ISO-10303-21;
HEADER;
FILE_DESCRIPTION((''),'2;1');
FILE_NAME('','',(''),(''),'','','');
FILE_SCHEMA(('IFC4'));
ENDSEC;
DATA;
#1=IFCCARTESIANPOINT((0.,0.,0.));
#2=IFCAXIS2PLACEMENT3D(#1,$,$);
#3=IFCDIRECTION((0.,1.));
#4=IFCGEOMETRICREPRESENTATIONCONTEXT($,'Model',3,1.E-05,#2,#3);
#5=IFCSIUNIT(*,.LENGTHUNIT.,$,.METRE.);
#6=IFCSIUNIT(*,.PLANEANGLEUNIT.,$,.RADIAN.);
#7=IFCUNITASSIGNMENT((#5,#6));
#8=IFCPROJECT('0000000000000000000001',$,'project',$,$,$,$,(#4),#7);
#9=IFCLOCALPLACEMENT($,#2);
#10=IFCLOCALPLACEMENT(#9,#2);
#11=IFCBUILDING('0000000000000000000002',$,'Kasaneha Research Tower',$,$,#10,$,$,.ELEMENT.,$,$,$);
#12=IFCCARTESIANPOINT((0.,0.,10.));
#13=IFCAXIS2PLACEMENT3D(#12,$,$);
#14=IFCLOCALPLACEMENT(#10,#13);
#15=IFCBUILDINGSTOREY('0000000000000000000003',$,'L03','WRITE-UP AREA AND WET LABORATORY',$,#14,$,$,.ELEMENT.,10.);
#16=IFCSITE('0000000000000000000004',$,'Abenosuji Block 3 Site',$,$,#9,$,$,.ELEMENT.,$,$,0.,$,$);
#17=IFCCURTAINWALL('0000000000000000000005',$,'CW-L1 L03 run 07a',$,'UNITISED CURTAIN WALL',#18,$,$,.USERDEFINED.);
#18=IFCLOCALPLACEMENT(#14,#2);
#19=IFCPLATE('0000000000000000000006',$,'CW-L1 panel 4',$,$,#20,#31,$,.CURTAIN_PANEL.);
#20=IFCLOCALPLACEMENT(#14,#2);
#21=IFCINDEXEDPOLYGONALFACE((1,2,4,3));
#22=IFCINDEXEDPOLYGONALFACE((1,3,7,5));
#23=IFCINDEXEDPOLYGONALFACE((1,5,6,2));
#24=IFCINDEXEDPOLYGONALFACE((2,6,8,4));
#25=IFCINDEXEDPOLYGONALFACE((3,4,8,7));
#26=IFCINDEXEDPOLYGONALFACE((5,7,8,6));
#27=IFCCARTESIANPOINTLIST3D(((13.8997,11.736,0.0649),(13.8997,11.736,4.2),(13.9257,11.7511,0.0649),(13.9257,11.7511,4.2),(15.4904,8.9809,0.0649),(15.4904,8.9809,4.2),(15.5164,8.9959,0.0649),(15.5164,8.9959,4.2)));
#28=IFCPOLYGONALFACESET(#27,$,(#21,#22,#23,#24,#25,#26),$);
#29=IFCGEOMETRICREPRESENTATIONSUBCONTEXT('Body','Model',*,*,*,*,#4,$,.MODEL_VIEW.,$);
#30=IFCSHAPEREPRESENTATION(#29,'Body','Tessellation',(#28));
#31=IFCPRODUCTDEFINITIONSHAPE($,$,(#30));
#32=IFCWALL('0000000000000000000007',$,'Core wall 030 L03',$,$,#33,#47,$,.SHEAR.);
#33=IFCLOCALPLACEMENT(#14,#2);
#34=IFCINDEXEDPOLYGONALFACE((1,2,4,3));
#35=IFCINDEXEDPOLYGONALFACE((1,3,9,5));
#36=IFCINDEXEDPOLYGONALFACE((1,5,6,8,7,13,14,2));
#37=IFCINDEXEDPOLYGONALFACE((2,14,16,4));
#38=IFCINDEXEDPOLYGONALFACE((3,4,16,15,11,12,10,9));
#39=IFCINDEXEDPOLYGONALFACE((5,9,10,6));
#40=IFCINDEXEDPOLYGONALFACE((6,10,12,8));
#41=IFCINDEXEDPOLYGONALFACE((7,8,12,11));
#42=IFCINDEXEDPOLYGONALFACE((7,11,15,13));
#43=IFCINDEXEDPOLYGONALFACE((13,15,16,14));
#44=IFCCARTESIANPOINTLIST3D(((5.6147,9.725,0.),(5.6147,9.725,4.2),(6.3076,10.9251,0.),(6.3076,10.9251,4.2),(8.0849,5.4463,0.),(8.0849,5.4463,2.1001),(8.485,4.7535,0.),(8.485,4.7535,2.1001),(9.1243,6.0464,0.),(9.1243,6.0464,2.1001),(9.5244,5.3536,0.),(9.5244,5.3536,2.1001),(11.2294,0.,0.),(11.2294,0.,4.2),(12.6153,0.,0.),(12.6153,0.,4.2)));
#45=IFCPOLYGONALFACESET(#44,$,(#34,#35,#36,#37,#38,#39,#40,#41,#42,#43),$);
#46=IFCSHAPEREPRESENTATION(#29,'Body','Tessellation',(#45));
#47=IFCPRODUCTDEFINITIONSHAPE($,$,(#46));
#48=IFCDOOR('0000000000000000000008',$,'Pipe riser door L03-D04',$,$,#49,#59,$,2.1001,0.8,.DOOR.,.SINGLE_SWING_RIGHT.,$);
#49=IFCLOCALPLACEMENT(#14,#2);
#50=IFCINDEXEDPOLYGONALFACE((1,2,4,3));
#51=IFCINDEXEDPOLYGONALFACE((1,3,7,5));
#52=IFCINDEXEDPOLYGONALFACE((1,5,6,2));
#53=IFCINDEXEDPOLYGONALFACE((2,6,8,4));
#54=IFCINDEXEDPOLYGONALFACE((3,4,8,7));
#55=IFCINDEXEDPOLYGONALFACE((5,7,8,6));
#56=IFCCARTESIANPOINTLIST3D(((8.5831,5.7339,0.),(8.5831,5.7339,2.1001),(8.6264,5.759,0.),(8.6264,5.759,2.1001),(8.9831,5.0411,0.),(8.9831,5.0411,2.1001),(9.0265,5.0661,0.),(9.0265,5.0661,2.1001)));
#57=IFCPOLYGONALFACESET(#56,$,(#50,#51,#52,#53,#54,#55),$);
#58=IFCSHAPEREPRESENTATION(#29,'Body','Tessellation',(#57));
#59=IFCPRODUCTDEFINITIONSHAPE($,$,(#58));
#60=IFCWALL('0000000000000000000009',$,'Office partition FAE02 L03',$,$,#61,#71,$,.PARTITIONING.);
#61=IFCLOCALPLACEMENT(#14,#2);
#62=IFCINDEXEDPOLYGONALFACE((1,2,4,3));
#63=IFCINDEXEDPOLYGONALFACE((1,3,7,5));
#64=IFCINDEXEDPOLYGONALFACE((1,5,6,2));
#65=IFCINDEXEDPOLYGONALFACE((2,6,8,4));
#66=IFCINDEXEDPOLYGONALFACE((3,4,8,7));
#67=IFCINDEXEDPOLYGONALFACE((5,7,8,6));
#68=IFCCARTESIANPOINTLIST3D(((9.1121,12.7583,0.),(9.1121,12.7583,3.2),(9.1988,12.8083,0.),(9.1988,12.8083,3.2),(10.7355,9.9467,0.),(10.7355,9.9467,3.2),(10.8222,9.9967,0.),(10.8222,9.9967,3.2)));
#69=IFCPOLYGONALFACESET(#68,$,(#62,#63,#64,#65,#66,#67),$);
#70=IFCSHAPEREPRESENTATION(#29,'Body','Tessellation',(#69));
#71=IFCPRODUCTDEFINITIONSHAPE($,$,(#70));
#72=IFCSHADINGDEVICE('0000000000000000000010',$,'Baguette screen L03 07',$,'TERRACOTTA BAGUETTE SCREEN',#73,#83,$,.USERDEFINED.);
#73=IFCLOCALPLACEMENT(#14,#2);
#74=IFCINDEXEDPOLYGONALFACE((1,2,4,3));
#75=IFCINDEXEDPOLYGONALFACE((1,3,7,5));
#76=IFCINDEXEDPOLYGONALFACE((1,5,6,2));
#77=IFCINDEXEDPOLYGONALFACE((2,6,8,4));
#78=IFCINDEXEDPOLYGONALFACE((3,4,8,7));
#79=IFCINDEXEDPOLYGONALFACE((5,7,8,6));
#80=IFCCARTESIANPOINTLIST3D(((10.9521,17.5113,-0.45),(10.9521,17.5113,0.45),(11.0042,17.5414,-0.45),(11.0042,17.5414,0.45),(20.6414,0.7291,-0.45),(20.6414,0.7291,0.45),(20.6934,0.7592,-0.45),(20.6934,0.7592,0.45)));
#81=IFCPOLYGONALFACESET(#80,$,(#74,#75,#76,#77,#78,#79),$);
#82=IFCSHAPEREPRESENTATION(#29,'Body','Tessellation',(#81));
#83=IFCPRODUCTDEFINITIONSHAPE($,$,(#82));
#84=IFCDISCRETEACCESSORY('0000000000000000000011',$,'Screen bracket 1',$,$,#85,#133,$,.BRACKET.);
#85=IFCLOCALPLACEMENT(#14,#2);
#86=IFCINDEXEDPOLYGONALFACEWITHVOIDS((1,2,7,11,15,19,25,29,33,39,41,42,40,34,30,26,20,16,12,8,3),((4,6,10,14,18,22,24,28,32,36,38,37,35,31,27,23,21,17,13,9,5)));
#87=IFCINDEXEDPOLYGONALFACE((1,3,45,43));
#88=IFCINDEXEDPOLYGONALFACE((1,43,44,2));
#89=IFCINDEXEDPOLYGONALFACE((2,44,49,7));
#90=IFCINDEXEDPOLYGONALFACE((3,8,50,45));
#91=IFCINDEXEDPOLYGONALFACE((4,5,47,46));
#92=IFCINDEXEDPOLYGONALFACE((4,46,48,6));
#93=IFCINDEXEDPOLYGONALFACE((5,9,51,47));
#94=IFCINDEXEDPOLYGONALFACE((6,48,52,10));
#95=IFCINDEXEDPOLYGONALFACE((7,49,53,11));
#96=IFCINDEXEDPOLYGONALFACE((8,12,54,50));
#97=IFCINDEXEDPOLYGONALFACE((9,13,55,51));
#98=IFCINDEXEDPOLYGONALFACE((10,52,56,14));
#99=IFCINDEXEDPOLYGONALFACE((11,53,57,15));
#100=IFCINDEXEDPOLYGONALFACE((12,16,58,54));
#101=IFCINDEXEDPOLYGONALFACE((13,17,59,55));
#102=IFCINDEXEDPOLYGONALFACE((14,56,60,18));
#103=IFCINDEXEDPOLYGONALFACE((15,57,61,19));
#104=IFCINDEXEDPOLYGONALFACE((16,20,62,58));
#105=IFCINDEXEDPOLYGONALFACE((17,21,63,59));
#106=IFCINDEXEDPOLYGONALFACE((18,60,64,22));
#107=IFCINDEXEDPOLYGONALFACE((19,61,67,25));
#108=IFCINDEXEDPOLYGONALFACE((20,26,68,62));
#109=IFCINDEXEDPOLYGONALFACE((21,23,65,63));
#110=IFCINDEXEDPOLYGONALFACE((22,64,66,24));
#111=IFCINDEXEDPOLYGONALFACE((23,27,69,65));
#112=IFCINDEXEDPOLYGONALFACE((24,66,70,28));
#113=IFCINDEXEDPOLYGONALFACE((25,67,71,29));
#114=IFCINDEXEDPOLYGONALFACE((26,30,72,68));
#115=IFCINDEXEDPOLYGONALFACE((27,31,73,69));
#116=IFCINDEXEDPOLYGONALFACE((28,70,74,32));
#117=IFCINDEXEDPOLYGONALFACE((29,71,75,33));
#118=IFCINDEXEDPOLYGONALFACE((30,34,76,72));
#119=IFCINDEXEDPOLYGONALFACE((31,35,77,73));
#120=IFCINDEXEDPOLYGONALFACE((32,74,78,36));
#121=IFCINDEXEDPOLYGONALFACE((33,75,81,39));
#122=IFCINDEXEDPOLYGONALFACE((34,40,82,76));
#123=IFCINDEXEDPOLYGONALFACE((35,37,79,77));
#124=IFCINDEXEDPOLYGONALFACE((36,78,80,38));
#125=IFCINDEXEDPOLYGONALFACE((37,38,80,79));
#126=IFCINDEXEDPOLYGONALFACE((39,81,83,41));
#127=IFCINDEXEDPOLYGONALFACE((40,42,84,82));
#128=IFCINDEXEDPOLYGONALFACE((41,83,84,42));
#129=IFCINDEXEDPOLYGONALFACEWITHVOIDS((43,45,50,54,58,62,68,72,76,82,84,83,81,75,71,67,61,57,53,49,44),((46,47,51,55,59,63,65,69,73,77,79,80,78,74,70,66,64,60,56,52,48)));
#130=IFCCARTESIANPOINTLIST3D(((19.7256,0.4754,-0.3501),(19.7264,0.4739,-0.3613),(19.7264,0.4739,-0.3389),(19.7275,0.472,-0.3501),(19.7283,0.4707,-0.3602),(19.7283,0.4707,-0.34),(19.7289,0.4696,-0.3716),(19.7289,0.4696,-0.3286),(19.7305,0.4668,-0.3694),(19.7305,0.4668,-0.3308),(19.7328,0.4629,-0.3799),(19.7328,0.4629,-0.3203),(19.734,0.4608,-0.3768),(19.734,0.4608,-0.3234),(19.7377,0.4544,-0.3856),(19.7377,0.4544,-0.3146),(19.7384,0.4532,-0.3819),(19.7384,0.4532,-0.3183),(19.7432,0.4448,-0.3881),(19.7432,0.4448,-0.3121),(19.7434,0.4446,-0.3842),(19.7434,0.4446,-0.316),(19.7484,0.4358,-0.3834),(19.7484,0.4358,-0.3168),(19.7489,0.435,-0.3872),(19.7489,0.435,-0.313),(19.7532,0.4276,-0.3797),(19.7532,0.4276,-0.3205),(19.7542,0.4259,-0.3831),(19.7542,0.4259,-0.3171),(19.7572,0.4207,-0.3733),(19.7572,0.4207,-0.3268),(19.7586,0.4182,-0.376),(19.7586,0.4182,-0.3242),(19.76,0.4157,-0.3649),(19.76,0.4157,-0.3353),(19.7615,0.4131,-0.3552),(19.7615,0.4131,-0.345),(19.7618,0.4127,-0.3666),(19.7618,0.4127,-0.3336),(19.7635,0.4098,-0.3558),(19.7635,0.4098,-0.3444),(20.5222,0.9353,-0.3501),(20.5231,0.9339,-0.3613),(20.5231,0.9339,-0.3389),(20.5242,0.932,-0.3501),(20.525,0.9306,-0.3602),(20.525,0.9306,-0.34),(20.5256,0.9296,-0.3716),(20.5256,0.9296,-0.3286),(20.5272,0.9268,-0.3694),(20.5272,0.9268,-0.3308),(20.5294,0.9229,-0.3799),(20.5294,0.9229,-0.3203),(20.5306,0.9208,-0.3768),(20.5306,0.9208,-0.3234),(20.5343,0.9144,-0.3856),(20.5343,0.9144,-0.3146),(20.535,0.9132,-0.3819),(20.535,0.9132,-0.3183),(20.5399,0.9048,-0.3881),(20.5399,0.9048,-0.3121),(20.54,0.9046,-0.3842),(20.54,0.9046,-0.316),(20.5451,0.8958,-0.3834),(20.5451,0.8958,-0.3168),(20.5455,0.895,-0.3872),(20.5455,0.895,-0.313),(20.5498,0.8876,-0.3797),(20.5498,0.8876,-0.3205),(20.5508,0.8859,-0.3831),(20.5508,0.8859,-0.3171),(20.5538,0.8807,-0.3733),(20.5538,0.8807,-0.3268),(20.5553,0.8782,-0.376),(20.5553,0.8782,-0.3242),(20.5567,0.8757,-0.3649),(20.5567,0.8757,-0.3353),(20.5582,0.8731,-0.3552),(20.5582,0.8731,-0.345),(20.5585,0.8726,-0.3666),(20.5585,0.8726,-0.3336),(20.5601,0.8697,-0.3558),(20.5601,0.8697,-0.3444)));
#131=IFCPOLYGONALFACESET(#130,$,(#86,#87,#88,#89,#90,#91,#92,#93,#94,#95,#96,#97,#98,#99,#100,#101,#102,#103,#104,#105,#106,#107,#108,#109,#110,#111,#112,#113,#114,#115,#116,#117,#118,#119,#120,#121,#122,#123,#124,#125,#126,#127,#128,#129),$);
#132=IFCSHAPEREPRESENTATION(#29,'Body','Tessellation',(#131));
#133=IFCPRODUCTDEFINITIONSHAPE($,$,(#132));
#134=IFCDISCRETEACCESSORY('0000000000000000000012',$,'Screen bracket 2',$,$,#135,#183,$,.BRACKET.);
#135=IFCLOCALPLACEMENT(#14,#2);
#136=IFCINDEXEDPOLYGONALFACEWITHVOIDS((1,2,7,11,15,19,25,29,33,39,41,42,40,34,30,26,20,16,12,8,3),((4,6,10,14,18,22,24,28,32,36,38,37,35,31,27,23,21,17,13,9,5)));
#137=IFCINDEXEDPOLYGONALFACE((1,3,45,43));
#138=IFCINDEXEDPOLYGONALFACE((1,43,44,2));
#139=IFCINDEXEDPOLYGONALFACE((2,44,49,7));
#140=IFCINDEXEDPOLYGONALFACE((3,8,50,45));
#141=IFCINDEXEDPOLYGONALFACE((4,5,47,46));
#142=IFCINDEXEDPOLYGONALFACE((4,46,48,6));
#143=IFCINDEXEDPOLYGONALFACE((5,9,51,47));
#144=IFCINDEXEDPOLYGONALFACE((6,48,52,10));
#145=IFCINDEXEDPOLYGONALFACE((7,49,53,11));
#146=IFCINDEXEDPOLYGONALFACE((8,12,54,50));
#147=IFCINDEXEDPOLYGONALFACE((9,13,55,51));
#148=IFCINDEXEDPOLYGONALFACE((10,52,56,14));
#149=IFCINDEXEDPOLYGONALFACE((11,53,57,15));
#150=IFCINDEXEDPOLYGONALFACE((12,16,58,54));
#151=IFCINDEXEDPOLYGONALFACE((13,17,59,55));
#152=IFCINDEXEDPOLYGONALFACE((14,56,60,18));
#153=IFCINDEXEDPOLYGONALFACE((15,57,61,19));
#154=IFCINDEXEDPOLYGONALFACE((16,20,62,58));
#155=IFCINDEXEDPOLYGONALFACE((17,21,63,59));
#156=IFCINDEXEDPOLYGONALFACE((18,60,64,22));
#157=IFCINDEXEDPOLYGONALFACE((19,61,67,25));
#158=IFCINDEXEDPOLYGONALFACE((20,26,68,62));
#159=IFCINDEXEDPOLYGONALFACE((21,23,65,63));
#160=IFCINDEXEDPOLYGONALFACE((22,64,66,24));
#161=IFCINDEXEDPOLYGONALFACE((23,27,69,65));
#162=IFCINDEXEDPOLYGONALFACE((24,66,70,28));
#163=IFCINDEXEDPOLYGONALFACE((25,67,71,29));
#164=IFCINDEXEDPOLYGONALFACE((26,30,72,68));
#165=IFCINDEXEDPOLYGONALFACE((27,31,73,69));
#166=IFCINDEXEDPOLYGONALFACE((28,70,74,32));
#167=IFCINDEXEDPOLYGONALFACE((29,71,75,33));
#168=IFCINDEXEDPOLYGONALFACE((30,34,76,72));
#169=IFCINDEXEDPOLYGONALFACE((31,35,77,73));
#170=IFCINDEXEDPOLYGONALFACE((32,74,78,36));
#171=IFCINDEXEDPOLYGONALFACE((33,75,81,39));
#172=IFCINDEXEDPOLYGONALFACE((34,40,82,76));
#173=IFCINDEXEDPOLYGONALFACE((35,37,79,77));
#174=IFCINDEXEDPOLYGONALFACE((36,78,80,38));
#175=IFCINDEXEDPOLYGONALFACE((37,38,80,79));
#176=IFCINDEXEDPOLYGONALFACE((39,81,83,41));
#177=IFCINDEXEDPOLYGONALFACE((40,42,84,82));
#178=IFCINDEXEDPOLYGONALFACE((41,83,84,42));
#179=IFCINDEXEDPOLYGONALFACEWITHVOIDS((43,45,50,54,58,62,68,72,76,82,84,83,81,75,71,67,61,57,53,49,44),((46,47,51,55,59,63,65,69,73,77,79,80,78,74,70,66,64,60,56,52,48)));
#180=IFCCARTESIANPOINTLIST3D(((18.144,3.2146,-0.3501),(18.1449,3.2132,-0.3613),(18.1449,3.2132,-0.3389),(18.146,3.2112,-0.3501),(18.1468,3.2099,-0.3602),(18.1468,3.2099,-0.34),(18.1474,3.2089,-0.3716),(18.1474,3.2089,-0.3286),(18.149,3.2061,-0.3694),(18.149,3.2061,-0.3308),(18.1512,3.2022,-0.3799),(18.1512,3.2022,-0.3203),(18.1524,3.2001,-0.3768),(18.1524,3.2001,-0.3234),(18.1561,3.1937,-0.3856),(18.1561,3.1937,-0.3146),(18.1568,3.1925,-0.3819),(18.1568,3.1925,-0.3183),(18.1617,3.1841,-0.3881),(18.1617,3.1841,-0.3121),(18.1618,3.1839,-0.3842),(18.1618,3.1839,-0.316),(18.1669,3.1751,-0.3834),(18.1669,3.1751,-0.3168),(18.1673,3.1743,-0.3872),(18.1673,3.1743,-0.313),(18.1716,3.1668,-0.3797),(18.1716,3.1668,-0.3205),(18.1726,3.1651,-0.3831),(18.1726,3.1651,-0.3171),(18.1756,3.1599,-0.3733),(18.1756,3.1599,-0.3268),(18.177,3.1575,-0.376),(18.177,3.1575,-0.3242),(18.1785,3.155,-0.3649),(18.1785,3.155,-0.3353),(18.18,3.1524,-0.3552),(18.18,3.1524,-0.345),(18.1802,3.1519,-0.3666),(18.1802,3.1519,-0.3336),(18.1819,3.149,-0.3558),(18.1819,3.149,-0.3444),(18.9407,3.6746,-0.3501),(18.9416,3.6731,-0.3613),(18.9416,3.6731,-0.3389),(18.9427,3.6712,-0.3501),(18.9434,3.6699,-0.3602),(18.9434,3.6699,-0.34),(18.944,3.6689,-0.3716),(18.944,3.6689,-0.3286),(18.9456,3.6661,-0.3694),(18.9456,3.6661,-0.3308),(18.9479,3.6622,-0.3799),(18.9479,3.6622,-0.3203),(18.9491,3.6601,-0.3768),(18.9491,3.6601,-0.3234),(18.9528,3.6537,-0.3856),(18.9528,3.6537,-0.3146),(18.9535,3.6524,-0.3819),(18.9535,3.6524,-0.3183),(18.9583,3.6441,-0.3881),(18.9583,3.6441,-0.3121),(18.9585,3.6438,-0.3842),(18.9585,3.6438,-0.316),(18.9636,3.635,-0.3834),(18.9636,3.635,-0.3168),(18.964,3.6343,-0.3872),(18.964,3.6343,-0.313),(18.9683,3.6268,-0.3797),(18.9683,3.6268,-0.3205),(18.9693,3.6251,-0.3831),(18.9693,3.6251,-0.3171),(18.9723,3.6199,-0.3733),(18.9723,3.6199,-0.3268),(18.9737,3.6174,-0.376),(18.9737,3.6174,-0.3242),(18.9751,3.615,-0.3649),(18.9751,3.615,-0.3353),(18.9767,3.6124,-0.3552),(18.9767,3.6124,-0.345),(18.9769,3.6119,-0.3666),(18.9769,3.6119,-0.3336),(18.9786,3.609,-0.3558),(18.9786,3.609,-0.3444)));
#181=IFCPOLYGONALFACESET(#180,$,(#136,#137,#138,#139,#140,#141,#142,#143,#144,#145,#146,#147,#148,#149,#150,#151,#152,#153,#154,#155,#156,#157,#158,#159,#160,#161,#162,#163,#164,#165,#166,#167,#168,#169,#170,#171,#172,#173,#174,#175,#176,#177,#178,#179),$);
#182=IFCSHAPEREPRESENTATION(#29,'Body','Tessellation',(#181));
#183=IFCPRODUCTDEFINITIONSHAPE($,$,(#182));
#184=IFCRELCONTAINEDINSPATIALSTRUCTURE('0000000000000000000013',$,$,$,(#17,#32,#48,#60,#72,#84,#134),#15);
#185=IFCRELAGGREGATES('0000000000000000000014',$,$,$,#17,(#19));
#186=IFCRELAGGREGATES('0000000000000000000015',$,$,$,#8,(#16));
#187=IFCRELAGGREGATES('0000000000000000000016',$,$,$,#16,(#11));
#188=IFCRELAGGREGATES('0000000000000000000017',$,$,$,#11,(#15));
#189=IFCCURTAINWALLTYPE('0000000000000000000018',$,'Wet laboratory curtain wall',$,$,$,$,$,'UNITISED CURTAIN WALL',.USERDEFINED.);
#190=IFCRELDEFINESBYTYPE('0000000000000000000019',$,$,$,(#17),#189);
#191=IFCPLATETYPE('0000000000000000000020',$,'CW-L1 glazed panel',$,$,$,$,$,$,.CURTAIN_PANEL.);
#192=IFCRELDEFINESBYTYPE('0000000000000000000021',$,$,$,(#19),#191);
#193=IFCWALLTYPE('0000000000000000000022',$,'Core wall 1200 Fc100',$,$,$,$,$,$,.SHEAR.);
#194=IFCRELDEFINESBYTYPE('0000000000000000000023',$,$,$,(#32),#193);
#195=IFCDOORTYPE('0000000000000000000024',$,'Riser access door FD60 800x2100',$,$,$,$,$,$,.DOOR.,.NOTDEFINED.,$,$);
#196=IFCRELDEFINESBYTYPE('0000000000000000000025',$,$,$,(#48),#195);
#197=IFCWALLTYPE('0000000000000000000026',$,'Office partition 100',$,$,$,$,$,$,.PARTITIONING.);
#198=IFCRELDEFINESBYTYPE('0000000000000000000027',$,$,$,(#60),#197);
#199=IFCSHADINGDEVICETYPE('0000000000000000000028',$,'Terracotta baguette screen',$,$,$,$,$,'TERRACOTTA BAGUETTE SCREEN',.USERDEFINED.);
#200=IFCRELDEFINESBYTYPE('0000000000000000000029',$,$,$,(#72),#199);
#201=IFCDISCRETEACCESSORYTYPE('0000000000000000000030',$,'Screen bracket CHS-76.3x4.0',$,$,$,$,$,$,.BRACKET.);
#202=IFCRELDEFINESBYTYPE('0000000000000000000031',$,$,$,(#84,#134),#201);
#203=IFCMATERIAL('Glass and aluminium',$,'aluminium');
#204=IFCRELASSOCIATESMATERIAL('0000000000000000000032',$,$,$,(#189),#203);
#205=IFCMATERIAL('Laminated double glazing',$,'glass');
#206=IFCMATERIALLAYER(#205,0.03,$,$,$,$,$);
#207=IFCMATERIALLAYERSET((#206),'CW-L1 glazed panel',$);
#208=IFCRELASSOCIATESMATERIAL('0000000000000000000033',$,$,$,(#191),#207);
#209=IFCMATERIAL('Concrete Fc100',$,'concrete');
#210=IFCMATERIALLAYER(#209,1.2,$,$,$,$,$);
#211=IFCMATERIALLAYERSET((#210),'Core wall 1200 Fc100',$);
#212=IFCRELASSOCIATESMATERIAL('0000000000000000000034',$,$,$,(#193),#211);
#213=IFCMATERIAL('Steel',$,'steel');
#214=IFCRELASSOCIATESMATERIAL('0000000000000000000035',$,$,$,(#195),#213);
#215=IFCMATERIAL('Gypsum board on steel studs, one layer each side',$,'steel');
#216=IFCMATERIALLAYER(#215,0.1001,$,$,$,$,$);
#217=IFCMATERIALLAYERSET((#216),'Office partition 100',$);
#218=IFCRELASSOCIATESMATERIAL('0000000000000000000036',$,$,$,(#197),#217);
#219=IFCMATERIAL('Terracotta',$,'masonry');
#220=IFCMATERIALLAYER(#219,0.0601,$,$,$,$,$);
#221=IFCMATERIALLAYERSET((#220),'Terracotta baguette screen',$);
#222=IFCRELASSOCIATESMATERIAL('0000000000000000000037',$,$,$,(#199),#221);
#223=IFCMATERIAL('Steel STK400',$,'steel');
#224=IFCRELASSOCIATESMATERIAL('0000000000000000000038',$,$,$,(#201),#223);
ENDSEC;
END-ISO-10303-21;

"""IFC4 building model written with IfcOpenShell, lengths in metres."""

from ifc_helpers import new_model, si_unit, direction, frame, frame_2d, origin, origin_2d, place, context, subcontext, project, spatial, polyline, rectangle, hollow_circle, outline, extrude, material, layer, layer_set, material_profile, profile_set, type_object, element, fill, aggregate, save


model = new_model("IFC4")

# Units and contexts
model_context = context("Model", 3, precision=1e-05, world=origin(), true_north=direction((0.0, 1.0)))
body_context = subcontext(model_context, "Body", "Model", "MODEL_VIEW")
ifc_project = project(units=[si_unit("LENGTHUNIT", "METRE"), si_unit("PLANEANGLEUNIT", "RADIAN")], contexts=[model_context])

# Site, building, storey
site_placement = place(None, origin())
site = spatial("IfcSite", under=ifc_project, at=site_placement, Name="Abenosuji Block 3 Site", CompositionType="ELEMENT", RefElevation=0.0)
building_placement = place(site_placement, origin())
building = spatial("IfcBuilding", under=site, at=building_placement, Name="Kasaneha Research Tower", CompositionType="ELEMENT")
storey_placement = place(building_placement, frame((0.0, 0.0, 10.0)))
storey = spatial("IfcBuildingStorey", under=building, at=storey_placement, Name="L03", Description="WRITE-UP AREA AND WET LABORATORY", CompositionType="ELEMENT", Elevation=10.0)

# Shared definitions
ifc_material_1 = material(Name="Glass and aluminium", Category="aluminium")
curtain_wall_type = type_object("IfcCurtainWallType", Name="Wet laboratory curtain wall", ElementType="UNITISED CURTAIN WALL", PredefinedType="USERDEFINED", material=ifc_material_1)

# Curtain wall
curtain_wall_1_placement = place(storey_placement, origin())
curtain_wall_1 = element("IfcCurtainWall", 1, at=curtain_wall_1_placement, inside=storey, type_object=curtain_wall_type, Name="CW-L1 L03 run 07a", ObjectType="UNITISED CURTAIN WALL", PredefinedType="USERDEFINED")

# Plate
ifc_material_2 = material(Name="Laminated double glazing", Category="glass")
ifc_layer_1 = layer(ifc_material_2, 0.03)
ifc_layer_set_1 = layer_set([ifc_layer_1], Name="CW-L1 glazed panel")
plate_type = type_object("IfcPlateType", Name="CW-L1 glazed panel", PredefinedType="CURTAIN_PANEL", material=ifc_layer_set_1)
plate_1_placement = place(storey_placement, frame((14.708, 10.366, 0.0649), z_axis=(0.0, 0.0, 1.0), x_axis=(-0.5, 0.866025, 0.0)))
plate_1 = element("IfcPlate", 2, at=plate_1_placement, type_object=plate_type, Name="CW-L1 panel 4", PredefinedType="CURTAIN_PANEL", context=body_context, shape_type="SweptSolid", body=[
    extrude(rectangle(XDim=3.1814, YDim=0.03, at=origin_2d()), origin(), (0.0, 0.0, 1.0), 4.135),
])
aggregate(curtain_wall_1, [plate_1])

# Wall, opening, door
ifc_material_3 = material(Name="Concrete Fc100", Category="concrete")
ifc_layer_2 = layer(ifc_material_3, 1.2)
ifc_layer_set_2 = layer_set([ifc_layer_2], Name="Core wall 1200 Fc100")
wall_type_1 = type_object("IfcWallType", Name="Core wall 1200 Fc100", PredefinedType="SHEAR", material=ifc_layer_set_2)
wall_1_placement = place(storey_placement, frame((11.9224, 0.0, 0.0), z_axis=(0.0, 0.0, 1.0), x_axis=(-0.500004, 0.866023, 0.0)))
wall_1 = element("IfcWall", 3, at=wall_1_placement, inside=storey, type_object=wall_type_1, Name="Core wall 030 L03", PredefinedType="SHEAR", context=body_context, shape_type="SweptSolid", body=[
    extrude(outline(polyline([(-0.3464, -0.6001), (5.8354, -0.6001), (6.6355, -0.6001), (12.2688, -0.6001), (11.5759, 0.6001), (6.6355, 0.6001), (5.8354, 0.6001), (0.3464, 0.6001), (-0.3464, -0.6001)])), origin(), (0.0, 0.0, 1.0), 4.2),
])
opening_1_placement = place(wall_1_placement, frame((5.8354, 0.0, 0.0)))
opening_1 = element("IfcOpeningElement", 4, at=opening_1_placement, cuts=wall_1, PredefinedType="OPENING", context=body_context, shape_type="SweptSolid", body=[
    extrude(rectangle(XDim=0.8, YDim=2.1001, at=frame_2d((0.3999, 1.05))), frame((0.0, 0.6099, 0.0), z_axis=(0.0, -1.0, 0.0), x_axis=(1.0, 0.0, 0.0)), (0.0, 0.0, 1.0), 1.22),
])
ifc_material_4 = material(Name="Steel", Category="steel")
door_type_1 = type_object("IfcDoorType", Name="Riser access door FD60 800x2100", OperationType="NOTDEFINED", PredefinedType="DOOR", material=ifc_material_4)
door_1_placement = place(opening_1_placement, origin())
door_1 = element("IfcDoor", 5, at=door_1_placement, inside=storey, type_object=door_type_1, Name="Pipe riser door L03-D04", OperationType="SINGLE_SWING_RIGHT", OverallHeight=2.1001, OverallWidth=0.8, PredefinedType="DOOR", context=body_context, shape_type="SweptSolid", body=[
    extrude(rectangle(XDim=0.8, YDim=2.1001, at=frame_2d((0.3999, 1.05))), frame((0.0, 0.0249, 0.0), z_axis=(0.0, -1.0, 0.0), x_axis=(1.0, 0.0, 0.0)), (0.0, 0.0, 1.0), 0.05),
])
fill(opening_1, door_1)

# Wall
ifc_material_5 = material(Name="Gypsum board on steel studs, one layer each side", Category="steel")
ifc_layer_3 = layer(ifc_material_5, 0.1001)
ifc_layer_set_3 = layer_set([ifc_layer_3], Name="Office partition 100")
wall_type_2 = type_object("IfcWallType", Name="Office partition 100", PredefinedType="PARTITIONING", material=ifc_layer_set_3)
wall_2_placement = place(storey_placement, frame((10.7788, 9.9717, 0.0), z_axis=(0.0, 0.0, 1.0), x_axis=(-0.500013, 0.866018, 0.0)))
element("IfcWall", 6, at=wall_2_placement, inside=storey, type_object=wall_type_2, Name="Office partition FAE02 L03", PredefinedType="PARTITIONING", context=body_context, shape_type="SweptSolid", body=[
    extrude(rectangle(XDim=3.2466, YDim=0.1001, at=frame_2d((1.6233, 0.0))), origin(), (0.0, 0.0, 1.0), 3.2),
])

# Shading device
ifc_material_6 = material(Name="Terracotta", Category="masonry")
ifc_layer_4 = layer(ifc_material_6, 0.0601)
ifc_layer_set_4 = layer_set([ifc_layer_4], Name="Terracotta baguette screen")
shading_device_type = type_object("IfcShadingDeviceType", Name="Terracotta baguette screen", ElementType="TERRACOTTA BAGUETTE SCREEN", PredefinedType="USERDEFINED", material=ifc_layer_set_4)
shading_device_placement = place(storey_placement, frame((15.8228, 9.1353, -0.45), z_axis=(0.0, 0.0, 1.0), x_axis=(-0.5, 0.866025, 0.0)))
element("IfcShadingDevice", 7, at=shading_device_placement, inside=storey, type_object=shading_device_type, Name="Baguette screen L03 07", ObjectType="TERRACOTTA BAGUETTE SCREEN", PredefinedType="USERDEFINED", context=body_context, shape_type="SweptSolid", body=[
    extrude(rectangle(XDim=19.3784, YDim=0.0601, at=origin_2d()), origin(), (0.0, 0.0, 1.0), 0.8999),
])

# Discrete accessories
ifc_material_7 = material(Name="Steel STK400", Category="steel")
ifc_material_profile_1 = material_profile(ifc_material_7, hollow_circle(Radius=0.0381, WallThickness=0.0039, at=origin_2d()), Name="CHS-76.3x4.0")
ifc_profile_set_1 = profile_set([ifc_material_profile_1], Name="Steel STK400")
discrete_accessory_type = type_object("IfcDiscreteAccessoryType", Name="Screen bracket CHS-76.3x4.0", PredefinedType="BRACKET", material=ifc_profile_set_1)
for number, where, z_axis, x_axis, name in (
    (8, (19.7446, 0.4424, -0.3501), (0.866013, 0.500021, 0.0), (-0.500021, 0.866013, 0.0), "Screen bracket 1"),
    (9, (18.1631, 3.1816, -0.3501), (0.866013, 0.500021, 0.0), (-0.500021, 0.866013, 0.0), "Screen bracket 2"),
):
    element("IfcDiscreteAccessory", number, at=place(storey_placement, frame(where, z_axis=z_axis, x_axis=x_axis)), inside=storey, type_object=discrete_accessory_type, Name=name, PredefinedType="BRACKET", context=body_context, shape_type="SweptSolid", body=[
        extrude(hollow_circle(Radius=0.0381, WallThickness=0.0039, at=origin_2d()), origin(), (0.0, 0.0, 1.0), 0.9199),
    ])

save(model, "model.ifc")
